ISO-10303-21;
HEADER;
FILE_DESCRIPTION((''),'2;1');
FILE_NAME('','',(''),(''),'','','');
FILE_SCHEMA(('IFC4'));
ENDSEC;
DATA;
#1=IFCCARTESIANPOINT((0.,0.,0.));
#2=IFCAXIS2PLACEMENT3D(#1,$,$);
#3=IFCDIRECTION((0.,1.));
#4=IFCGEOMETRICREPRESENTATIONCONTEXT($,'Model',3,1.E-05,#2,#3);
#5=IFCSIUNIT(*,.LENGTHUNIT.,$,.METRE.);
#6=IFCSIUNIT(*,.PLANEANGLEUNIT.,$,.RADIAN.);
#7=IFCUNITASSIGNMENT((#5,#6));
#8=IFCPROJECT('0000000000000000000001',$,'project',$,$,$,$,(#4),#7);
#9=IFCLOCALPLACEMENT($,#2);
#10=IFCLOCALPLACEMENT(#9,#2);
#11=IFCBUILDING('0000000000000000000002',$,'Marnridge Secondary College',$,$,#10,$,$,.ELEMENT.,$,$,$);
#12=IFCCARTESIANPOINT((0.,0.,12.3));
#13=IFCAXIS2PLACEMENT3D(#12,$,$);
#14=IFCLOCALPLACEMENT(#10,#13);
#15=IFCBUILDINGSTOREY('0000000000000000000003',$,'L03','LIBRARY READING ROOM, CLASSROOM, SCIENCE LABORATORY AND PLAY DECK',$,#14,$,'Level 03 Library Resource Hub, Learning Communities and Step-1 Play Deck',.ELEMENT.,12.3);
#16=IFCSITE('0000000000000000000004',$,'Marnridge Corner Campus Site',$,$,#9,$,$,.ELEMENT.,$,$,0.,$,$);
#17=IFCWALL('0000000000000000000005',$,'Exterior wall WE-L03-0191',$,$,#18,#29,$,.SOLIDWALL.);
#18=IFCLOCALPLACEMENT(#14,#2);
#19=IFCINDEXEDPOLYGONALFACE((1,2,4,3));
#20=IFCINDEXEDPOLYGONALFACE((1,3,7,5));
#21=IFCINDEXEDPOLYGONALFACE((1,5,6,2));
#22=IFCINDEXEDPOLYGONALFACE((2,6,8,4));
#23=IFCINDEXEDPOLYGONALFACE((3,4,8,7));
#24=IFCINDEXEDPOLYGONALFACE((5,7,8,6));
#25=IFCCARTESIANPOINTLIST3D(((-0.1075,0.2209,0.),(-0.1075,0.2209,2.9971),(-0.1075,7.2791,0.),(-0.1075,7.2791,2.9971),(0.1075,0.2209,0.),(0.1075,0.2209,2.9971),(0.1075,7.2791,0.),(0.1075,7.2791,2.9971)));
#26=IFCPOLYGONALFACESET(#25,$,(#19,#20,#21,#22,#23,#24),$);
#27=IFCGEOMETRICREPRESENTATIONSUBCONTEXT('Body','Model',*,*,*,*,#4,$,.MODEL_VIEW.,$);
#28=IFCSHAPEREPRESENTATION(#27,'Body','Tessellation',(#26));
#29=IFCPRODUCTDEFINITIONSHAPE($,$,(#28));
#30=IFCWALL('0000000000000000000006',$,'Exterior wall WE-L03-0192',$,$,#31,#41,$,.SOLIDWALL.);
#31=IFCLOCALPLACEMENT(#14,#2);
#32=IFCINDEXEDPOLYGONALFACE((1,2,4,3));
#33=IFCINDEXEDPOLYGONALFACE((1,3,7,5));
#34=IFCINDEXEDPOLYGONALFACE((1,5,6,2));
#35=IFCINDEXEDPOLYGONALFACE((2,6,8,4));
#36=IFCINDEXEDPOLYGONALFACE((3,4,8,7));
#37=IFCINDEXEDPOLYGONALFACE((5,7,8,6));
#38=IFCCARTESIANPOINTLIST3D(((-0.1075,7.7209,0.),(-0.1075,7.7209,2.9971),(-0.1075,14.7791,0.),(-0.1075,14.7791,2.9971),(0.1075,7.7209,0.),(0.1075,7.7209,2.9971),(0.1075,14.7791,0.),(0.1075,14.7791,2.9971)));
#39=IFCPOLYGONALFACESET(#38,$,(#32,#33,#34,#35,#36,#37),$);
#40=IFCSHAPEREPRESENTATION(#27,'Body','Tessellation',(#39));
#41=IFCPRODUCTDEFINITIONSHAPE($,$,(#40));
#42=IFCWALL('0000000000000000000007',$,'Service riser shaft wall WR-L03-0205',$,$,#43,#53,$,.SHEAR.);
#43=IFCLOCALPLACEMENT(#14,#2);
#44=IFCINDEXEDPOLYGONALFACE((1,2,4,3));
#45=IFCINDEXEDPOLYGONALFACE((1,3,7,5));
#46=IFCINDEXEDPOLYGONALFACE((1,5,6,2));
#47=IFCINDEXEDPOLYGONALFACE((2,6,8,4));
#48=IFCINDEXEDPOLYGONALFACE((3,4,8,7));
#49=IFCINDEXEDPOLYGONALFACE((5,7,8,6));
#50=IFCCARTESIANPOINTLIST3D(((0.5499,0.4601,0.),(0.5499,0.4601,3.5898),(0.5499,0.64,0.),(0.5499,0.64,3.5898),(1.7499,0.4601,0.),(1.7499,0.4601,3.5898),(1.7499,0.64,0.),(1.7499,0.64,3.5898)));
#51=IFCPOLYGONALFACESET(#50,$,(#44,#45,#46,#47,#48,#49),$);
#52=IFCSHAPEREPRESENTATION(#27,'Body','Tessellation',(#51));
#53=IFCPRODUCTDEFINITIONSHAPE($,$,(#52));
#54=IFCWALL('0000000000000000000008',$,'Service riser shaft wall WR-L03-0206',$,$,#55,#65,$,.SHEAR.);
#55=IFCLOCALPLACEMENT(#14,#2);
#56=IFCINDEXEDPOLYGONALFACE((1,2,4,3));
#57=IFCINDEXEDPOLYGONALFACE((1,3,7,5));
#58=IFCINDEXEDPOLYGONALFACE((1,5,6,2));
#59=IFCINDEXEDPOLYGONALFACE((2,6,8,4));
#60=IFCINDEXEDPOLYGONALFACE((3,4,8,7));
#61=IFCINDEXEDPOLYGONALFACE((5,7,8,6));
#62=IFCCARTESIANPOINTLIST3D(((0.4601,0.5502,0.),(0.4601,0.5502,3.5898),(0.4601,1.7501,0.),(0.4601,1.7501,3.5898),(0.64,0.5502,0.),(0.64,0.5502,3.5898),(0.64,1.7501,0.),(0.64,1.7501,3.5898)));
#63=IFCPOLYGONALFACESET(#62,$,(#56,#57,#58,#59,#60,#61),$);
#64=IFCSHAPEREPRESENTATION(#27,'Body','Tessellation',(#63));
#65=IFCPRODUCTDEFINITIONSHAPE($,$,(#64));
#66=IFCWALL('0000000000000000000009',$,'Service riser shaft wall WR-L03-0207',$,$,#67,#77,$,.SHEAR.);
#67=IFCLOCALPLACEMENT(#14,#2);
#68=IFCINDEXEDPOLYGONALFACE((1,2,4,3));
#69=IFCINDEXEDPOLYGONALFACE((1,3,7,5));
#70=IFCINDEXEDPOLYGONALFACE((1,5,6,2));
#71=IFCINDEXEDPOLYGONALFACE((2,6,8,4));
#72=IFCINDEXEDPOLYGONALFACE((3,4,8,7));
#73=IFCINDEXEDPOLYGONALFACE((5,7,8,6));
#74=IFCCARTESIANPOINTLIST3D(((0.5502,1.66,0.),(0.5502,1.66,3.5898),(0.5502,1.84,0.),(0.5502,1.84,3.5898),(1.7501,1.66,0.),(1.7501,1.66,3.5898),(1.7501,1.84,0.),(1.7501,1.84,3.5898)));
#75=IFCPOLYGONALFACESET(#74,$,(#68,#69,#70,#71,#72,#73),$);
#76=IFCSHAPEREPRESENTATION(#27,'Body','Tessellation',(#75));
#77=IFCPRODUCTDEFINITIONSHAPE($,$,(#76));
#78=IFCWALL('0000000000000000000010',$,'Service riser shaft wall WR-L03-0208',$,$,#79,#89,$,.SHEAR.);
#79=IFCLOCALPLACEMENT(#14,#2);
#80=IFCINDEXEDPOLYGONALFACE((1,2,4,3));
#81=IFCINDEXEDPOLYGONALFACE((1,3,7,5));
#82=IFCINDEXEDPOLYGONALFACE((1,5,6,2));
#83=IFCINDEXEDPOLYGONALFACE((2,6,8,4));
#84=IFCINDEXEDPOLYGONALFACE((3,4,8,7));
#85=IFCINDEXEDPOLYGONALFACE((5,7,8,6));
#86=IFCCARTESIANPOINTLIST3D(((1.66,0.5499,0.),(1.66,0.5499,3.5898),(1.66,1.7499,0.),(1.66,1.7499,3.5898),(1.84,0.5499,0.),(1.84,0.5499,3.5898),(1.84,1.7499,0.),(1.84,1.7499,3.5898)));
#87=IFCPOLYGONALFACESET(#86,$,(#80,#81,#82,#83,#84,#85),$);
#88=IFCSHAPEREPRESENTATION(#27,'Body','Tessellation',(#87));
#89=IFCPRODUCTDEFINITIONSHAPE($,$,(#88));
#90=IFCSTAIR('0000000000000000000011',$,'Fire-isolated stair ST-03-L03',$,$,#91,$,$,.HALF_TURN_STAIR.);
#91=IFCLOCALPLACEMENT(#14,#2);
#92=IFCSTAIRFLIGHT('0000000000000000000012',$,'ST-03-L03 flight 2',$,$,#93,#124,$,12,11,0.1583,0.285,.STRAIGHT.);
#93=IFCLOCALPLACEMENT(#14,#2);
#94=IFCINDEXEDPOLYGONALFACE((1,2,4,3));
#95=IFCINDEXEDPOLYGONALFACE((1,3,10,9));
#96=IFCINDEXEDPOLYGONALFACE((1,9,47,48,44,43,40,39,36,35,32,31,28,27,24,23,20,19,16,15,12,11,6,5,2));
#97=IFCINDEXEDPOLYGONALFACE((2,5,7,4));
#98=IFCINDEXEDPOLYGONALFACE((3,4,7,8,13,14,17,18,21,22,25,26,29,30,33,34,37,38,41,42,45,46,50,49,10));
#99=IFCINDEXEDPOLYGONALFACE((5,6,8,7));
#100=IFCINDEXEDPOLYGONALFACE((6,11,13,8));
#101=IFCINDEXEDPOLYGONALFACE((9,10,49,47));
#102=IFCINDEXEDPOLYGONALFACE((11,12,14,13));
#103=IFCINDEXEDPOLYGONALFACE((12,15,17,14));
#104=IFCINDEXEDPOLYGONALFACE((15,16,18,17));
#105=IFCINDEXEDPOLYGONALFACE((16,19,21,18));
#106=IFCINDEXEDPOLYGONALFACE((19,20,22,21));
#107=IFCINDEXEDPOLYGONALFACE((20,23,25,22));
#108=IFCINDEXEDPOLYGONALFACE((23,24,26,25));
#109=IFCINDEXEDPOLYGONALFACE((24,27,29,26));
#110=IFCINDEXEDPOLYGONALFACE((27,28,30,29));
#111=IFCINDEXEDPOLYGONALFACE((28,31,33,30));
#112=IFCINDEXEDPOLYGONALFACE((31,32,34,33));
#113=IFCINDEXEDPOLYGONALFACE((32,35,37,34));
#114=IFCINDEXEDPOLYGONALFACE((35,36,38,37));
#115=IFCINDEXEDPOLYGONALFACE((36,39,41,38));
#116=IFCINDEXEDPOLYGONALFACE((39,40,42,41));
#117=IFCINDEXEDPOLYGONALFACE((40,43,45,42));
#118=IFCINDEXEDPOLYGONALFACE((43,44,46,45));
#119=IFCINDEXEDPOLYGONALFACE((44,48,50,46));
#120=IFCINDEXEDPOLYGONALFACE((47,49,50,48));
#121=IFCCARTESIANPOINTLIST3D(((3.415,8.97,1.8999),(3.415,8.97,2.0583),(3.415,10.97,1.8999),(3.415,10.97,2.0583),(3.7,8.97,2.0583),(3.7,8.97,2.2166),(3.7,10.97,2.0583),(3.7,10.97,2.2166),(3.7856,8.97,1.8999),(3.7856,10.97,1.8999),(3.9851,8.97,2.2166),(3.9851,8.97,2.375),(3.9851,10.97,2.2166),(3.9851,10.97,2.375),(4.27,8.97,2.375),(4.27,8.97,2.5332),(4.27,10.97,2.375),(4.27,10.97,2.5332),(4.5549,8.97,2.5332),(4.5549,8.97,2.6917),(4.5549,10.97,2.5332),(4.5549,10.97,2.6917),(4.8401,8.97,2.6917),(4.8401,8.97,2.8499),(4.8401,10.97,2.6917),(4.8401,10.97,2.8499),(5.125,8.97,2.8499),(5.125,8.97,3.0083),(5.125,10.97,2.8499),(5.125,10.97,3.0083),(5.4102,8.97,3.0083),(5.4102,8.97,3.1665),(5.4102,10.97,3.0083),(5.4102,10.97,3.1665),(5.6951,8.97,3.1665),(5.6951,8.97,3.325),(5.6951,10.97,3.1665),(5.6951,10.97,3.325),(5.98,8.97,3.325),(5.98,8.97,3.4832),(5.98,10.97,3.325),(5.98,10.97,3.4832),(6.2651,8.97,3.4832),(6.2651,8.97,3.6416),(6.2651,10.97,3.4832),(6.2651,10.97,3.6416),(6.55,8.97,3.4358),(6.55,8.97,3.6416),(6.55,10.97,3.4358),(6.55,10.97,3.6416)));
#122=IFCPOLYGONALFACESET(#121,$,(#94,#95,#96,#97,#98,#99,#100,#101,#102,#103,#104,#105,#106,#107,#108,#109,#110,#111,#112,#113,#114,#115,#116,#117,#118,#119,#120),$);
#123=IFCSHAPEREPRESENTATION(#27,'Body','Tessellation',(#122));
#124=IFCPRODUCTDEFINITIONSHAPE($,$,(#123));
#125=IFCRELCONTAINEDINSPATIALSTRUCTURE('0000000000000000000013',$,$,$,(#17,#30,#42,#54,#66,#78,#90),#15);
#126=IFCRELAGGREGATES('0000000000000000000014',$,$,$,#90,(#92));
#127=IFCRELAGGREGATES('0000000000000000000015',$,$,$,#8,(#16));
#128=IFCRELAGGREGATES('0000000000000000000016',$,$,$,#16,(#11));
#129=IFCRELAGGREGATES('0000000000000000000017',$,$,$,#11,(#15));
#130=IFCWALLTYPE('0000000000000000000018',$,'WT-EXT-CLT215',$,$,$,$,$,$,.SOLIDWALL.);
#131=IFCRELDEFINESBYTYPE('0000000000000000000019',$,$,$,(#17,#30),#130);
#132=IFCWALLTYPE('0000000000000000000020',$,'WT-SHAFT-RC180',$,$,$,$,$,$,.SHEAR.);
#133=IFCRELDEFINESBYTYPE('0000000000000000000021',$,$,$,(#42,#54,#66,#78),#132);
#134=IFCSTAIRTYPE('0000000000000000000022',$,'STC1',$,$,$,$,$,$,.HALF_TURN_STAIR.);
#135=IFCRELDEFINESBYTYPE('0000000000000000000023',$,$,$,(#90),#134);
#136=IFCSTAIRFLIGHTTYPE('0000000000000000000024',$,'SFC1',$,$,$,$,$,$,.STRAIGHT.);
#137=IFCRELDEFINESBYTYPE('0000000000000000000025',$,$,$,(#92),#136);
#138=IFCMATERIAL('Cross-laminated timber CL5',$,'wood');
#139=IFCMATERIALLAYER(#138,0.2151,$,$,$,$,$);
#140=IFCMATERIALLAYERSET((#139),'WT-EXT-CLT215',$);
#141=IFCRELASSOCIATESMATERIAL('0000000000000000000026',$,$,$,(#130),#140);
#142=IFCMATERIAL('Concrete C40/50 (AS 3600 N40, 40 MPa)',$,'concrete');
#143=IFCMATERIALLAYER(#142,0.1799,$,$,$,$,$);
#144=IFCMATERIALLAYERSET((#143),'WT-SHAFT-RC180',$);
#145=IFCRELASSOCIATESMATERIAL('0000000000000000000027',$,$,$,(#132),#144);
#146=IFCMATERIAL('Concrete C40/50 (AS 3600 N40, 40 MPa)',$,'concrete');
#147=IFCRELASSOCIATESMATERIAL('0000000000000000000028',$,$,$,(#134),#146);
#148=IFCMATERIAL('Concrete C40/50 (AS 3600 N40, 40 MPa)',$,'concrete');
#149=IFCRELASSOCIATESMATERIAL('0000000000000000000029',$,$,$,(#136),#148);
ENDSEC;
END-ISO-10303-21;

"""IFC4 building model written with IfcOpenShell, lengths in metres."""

from ifc_helpers import new_model, si_unit, direction, frame, frame_2d, origin, place, context, subcontext, project, spatial, polyline, rectangle, outline, extrude, material, layer, layer_set, type_object, element, aggregate, save


model = new_model("IFC4")

# Units and contexts
model_context = context("Model", 3, precision=1e-05, world=origin(), true_north=direction((0.0, 1.0)))
body_context = subcontext(model_context, "Body", "Model", "MODEL_VIEW")
ifc_project = project(units=[si_unit("LENGTHUNIT", "METRE"), si_unit("PLANEANGLEUNIT", "RADIAN")], contexts=[model_context])

# Site, building, storey
site_placement = place(None, origin())
site = spatial("IfcSite", under=ifc_project, at=site_placement, Name="Marnridge Corner Campus Site", CompositionType="ELEMENT", RefElevation=0.0)
building_placement = place(site_placement, origin())
building = spatial("IfcBuilding", under=site, at=building_placement, Name="Marnridge Secondary College", CompositionType="ELEMENT")
storey_placement = place(building_placement, frame((0.0, 0.0, 12.3)))
storey = spatial("IfcBuildingStorey", under=building, at=storey_placement, Name="L03", Description="LIBRARY READING ROOM, CLASSROOM, SCIENCE LABORATORY AND PLAY DECK", LongName="Level 03 Library Resource Hub, Learning Communities and Step-1 Play Deck", CompositionType="ELEMENT", Elevation=12.3)

# Walls
ifc_material_1 = material(Name="Cross-laminated timber CL5", Category="wood")
ifc_layer_1 = layer(ifc_material_1, 0.2151)
ifc_layer_set_1 = layer_set([ifc_layer_1], Name="WT-EXT-CLT215")
wall_type_1 = type_object("IfcWallType", Name="WT-EXT-CLT215", PredefinedType="SOLIDWALL", material=ifc_layer_set_1)
for number, where, z_axis, x_axis, name in (
    (1, (0.0, 0.2209, 0.0), (0.0, 0.0, 1.0), (0.0, 1.0, 0.0), "Exterior wall WE-L03-0191"),
    (2, (0.0, 7.7209, 0.0), (0.0, 0.0, 1.0), (0.0, 1.0, 0.0), "Exterior wall WE-L03-0192"),
):
    element("IfcWall", number, at=place(storey_placement, frame(where, z_axis=z_axis, x_axis=x_axis)), inside=storey, type_object=wall_type_1, Name=name, PredefinedType="SOLIDWALL", context=body_context, shape_type="SweptSolid", body=[
        extrude(rectangle(XDim=7.0581, YDim=0.2151, at=frame_2d((3.5291, 0.0))), origin(), (0.0, 0.0, 1.0), 2.9971),
    ])
ifc_material_2 = material(Name="Concrete C40/50 (AS 3600 N40, 40 MPa)", Category="concrete")
ifc_layer_2 = layer(ifc_material_2, 0.1799)
ifc_layer_set_2 = layer_set([ifc_layer_2], Name="WT-SHAFT-RC180")
wall_type_2 = type_object("IfcWallType", Name="WT-SHAFT-RC180", PredefinedType="SHEAR", material=ifc_layer_set_2)
for number, where, z_axis, x_axis, name in (
    (3, (1.75, 0.55, 0.0), (0.0, 0.0, 1.0), (-1.0, 0.0, 0.0), "Service riser shaft wall WR-L03-0205"),
    (4, (0.55, 0.55, 0.0), (0.0, 0.0, 1.0), (0.0, 1.0, 0.0), "Service riser shaft wall WR-L03-0206"),
    (5, (0.55, 1.75, 0.0), (0.0, 0.0, 1.0), (1.0, 0.0, 0.0), "Service riser shaft wall WR-L03-0207"),
    (6, (1.75, 1.75, 0.0), (0.0, 0.0, 1.0), (0.0, -1.0, 0.0), "Service riser shaft wall WR-L03-0208"),
):
    element("IfcWall", number, at=place(storey_placement, frame(where, z_axis=z_axis, x_axis=x_axis)), inside=storey, type_object=wall_type_2, Name=name, PredefinedType="SHEAR", context=body_context, shape_type="SweptSolid", body=[
        extrude(rectangle(XDim=1.2, YDim=0.1799, at=frame_2d((0.6001, 0.0))), origin(), (0.0, 0.0, 1.0), 3.5898),
    ])

# Stair, stair flight
ifc_material_3 = material(Name="Concrete C40/50 (AS 3600 N40, 40 MPa)", Category="concrete")
stair_type = type_object("IfcStairType", Name="STC1", PredefinedType="HALF_TURN_STAIR", material=ifc_material_3)
stair_placement = place(storey_placement, origin())
stair = element("IfcStair", 7, at=stair_placement, inside=storey, type_object=stair_type, Name="Fire-isolated stair ST-03-L03", PredefinedType="HALF_TURN_STAIR")
ifc_material_4 = material(Name="Concrete C40/50 (AS 3600 N40, 40 MPa)", Category="concrete")
stair_flight_type = type_object("IfcStairFlightType", Name="SFC1", PredefinedType="STRAIGHT", material=ifc_material_4)
stair_flight_placement = place(storey_placement, frame((3.415, 9.97, 1.8999), z_axis=(0.0, 0.0, 1.0), x_axis=(1.0, 0.0, 0.0)))
stair_flight = element("IfcStairFlight", 8, at=stair_flight_placement, type_object=stair_flight_type, Name="ST-03-L03 flight 2", NumberOfRisers=12, NumberOfTreads=11, PredefinedType="STRAIGHT", RiserHeight=0.1583, TreadLength=0.285, context=body_context, shape_type="SweptSolid", body=[
    extrude(outline(polyline([(0.0, 0.0), (0.0, 0.1584), (0.2849, 0.1584), (0.2849, 0.3167), (0.5701, 0.3167), (0.5701, 0.4751), (0.855, 0.4751), (0.855, 0.6333), (1.1399, 0.6333), (1.1399, 0.7917), (1.425, 0.7917), (1.425, 0.95), (1.71, 0.95), (1.71, 1.1084), (1.9951, 1.1084), (1.9951, 1.2666), (2.28, 1.2666), (2.28, 1.425), (2.5649, 1.425), (2.5649, 1.5833), (2.8501, 1.5833), (2.8501, 1.7417), (3.135, 1.7417), (3.135, 1.8999), (3.135, 1.5359), (0.3706, 0.0), (0.0, 0.0)])), frame((0.0, 1.0, 0.0), z_axis=(0.0, -1.0, 0.0), x_axis=(1.0, 0.0, 0.0)), (0.0, 0.0, 1.0), 2.0),
])
aggregate(stair, [stair_flight])

save(model, "model.ifc")
